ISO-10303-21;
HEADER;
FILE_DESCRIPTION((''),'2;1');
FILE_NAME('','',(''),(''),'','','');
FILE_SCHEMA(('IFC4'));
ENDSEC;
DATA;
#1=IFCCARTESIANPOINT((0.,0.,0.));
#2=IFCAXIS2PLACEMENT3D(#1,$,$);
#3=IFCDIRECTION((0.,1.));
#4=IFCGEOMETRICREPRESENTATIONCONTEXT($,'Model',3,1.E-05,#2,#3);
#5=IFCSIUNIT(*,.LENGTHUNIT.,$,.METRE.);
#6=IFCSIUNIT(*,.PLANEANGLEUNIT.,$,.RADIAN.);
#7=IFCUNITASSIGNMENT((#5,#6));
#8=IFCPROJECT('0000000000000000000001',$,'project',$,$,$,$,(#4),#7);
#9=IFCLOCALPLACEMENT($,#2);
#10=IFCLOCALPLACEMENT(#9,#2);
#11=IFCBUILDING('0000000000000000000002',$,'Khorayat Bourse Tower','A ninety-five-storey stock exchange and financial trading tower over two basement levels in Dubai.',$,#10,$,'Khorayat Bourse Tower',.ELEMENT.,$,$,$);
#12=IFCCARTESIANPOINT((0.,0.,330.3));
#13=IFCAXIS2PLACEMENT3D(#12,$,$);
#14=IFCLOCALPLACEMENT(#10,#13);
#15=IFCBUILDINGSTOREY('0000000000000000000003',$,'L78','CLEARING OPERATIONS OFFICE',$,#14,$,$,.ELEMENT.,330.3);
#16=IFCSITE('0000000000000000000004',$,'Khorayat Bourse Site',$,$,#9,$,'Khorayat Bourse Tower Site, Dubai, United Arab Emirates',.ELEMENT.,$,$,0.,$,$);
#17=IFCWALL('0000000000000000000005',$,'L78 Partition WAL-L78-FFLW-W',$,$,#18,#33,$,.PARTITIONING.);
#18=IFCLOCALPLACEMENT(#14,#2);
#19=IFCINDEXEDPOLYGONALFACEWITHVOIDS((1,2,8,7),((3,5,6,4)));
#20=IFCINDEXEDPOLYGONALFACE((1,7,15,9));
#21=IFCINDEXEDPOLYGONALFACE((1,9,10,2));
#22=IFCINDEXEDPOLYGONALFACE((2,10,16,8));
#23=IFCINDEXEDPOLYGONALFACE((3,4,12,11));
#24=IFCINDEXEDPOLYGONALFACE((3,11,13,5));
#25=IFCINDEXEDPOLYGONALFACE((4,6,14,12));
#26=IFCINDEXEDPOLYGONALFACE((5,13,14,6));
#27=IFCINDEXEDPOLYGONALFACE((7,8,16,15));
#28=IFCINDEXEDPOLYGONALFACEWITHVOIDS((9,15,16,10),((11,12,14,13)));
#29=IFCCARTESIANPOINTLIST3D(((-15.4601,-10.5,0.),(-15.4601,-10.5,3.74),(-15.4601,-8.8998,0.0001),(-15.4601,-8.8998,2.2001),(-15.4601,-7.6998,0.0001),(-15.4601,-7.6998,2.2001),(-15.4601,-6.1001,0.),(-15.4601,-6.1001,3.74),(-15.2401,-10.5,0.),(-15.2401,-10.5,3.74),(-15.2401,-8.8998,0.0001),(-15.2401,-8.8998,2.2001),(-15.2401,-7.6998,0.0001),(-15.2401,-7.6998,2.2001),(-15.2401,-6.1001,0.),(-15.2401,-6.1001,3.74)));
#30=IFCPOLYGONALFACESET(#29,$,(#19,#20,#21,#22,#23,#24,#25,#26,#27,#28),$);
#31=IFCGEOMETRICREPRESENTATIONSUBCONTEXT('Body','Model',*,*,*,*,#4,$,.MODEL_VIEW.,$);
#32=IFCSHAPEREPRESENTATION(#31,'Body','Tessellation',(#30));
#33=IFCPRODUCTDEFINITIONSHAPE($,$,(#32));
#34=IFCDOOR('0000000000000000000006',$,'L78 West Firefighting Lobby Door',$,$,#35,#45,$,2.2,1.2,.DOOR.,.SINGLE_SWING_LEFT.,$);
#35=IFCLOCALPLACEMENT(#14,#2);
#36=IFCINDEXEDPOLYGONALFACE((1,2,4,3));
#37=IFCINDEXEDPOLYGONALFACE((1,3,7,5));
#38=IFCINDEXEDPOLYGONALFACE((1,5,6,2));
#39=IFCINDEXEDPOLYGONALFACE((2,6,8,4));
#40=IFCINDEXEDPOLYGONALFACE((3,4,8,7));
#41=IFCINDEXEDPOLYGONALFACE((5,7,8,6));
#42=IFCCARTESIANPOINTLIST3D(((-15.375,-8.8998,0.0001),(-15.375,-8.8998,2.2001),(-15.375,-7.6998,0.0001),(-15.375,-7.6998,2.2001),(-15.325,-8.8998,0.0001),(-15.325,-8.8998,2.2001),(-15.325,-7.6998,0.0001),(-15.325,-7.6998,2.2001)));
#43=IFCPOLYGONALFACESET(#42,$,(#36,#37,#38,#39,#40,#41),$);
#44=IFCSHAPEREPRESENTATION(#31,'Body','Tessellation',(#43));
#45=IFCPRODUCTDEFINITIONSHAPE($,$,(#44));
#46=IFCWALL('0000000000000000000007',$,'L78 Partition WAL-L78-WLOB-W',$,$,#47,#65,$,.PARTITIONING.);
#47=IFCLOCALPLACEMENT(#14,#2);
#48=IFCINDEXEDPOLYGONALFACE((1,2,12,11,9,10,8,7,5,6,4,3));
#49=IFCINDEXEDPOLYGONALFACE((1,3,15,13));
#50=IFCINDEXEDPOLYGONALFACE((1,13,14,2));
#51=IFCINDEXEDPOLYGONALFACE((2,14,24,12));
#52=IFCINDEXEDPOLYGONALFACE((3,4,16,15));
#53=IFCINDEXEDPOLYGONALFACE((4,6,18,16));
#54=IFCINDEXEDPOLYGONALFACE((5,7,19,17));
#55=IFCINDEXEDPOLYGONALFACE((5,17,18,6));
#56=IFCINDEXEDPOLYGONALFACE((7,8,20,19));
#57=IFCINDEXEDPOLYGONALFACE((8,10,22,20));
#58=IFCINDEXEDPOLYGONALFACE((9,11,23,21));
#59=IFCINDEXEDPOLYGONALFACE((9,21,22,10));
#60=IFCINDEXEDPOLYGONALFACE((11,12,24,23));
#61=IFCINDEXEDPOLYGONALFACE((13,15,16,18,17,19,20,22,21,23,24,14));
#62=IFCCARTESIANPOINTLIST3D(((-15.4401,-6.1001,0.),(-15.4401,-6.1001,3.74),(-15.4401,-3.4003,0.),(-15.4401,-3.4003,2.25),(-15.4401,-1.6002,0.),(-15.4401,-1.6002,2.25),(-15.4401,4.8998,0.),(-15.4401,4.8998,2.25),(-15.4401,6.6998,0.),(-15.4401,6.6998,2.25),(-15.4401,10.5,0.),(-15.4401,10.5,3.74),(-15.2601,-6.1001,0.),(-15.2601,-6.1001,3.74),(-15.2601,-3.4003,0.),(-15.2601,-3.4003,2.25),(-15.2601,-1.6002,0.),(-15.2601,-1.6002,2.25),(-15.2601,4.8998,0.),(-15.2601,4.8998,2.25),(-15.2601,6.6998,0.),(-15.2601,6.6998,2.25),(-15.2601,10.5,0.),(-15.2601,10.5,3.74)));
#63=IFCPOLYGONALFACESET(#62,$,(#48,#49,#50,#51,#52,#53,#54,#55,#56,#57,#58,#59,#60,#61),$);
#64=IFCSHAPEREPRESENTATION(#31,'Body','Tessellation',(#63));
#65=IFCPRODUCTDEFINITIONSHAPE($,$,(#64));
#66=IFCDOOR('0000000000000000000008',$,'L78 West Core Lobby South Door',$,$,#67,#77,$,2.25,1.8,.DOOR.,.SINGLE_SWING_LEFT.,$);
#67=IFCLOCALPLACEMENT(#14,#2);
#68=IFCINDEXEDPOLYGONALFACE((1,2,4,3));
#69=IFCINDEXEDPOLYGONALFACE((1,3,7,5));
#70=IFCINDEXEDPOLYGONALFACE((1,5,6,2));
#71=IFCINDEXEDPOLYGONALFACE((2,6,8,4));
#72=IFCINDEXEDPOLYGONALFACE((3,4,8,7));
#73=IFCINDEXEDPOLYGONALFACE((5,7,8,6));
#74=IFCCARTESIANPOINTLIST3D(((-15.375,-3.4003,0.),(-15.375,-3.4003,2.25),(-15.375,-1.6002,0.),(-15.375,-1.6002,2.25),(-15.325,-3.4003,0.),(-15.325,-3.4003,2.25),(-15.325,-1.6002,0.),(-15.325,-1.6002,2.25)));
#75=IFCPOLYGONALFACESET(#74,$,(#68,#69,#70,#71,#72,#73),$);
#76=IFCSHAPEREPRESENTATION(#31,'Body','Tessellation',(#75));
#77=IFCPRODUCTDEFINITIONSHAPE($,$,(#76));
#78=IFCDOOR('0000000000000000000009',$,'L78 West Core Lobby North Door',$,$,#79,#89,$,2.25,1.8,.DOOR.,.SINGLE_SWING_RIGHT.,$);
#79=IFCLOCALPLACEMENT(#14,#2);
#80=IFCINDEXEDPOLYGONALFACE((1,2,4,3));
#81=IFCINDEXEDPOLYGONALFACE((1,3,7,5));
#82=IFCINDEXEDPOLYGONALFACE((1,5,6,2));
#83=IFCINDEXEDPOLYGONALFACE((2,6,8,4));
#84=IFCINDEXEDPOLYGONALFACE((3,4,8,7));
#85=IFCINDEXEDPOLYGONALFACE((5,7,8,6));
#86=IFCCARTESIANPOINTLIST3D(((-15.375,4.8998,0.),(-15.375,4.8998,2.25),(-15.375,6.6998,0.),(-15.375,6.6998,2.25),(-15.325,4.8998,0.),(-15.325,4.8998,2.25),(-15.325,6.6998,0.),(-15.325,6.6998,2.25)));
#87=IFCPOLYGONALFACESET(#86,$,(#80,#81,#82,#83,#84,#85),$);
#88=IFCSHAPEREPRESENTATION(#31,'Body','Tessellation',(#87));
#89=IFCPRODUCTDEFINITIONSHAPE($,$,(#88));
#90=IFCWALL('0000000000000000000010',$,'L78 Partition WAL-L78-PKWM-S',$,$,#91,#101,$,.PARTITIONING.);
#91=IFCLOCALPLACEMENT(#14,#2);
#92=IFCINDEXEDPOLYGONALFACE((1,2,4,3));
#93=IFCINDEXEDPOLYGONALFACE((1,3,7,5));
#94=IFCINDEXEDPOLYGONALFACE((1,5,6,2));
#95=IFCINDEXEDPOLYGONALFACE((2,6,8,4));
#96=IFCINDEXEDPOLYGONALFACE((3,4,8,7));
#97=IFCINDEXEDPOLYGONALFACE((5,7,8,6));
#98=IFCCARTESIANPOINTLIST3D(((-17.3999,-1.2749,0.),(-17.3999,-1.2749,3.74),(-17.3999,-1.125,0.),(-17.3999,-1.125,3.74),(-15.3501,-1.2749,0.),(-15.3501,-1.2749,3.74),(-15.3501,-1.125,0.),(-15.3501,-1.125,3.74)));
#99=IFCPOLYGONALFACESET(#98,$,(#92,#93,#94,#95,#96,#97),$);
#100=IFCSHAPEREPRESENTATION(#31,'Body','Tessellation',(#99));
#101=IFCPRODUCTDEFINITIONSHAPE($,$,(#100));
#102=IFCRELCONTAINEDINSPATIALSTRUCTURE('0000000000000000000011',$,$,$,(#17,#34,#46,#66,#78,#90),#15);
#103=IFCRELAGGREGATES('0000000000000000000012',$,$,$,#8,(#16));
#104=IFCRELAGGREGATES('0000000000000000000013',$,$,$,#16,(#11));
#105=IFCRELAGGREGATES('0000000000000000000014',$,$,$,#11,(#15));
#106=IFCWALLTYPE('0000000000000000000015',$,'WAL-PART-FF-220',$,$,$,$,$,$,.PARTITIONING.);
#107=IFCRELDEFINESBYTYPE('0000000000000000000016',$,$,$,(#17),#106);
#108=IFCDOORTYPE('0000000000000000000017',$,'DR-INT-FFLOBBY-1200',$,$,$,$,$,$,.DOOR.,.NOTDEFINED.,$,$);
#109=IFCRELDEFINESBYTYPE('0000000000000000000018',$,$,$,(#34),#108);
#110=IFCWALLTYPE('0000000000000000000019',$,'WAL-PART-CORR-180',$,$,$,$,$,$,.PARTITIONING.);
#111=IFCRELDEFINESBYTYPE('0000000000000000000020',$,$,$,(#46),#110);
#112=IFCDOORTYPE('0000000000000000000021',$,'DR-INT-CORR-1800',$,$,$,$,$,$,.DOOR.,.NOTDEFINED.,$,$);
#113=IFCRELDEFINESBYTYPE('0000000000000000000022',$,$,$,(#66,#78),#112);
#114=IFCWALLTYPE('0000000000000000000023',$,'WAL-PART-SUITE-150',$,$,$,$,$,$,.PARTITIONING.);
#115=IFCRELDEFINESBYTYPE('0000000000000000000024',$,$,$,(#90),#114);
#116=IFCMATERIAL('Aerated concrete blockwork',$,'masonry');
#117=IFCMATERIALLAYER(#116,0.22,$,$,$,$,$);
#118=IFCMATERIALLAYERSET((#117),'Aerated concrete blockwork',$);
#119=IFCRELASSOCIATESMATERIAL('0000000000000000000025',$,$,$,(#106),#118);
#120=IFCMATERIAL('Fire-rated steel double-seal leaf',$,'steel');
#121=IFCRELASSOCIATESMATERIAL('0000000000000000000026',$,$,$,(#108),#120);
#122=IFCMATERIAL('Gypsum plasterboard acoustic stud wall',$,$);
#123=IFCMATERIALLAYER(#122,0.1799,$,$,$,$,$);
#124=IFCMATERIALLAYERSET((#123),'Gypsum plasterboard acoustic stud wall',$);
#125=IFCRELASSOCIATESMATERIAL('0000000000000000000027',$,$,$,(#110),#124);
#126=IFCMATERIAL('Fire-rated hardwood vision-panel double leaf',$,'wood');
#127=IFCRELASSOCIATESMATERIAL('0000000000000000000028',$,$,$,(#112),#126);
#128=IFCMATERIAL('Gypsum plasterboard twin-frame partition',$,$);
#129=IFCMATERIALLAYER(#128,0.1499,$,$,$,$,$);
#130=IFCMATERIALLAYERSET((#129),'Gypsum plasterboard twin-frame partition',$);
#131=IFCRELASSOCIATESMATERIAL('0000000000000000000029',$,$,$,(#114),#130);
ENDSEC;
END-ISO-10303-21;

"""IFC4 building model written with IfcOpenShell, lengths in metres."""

from ifc_helpers import new_model, si_unit, direction, frame, frame_2d, origin, place, context, subcontext, project, spatial, rectangle, extrude, source, transform, mapped, material, layer, layer_set, type_object, element, fill, save


model = new_model("IFC4")

# Units and contexts
model_context = context("Model", 3, precision=1e-05, world=origin(), true_north=direction((0.0, 1.0)))
body_context = subcontext(model_context, "Body", "Model", "MODEL_VIEW")
ifc_project = project(units=[si_unit("LENGTHUNIT", "METRE"), si_unit("PLANEANGLEUNIT", "RADIAN")], contexts=[model_context])

# Site, building, storey
site_placement = place(None, origin())
site = spatial("IfcSite", under=ifc_project, at=site_placement, Name="Khorayat Bourse Site", LongName="Khorayat Bourse Tower Site, Dubai, United Arab Emirates", CompositionType="ELEMENT", RefElevation=0.0)
building_placement = place(site_placement, origin())
building = spatial("IfcBuilding", under=site, at=building_placement, Name="Khorayat Bourse Tower", Description="A ninety-five-storey stock exchange and financial trading tower over two basement levels in Dubai.", LongName="Khorayat Bourse Tower", CompositionType="ELEMENT")
storey_placement = place(building_placement, frame((0.0, 0.0, 330.3)))
storey = spatial("IfcBuildingStorey", under=building, at=storey_placement, Name="L78", Description="CLEARING OPERATIONS OFFICE", CompositionType="ELEMENT", Elevation=330.3)

# Shared definitions
ifc_material_1 = material(Name="Aerated concrete blockwork", Category="masonry")
ifc_layer_1 = layer(ifc_material_1, 0.22)
ifc_layer_set_1 = layer_set([ifc_layer_1], Name="Aerated concrete blockwork")
wall_type_1 = type_object("IfcWallType", Name="WAL-PART-FF-220", PredefinedType="PARTITIONING", material=ifc_layer_set_1)

# Wall, opening, door
shared_shape_1 = source(origin(), body_context, "Body", "SweptSolid", [
    extrude(rectangle(XDim=4.3999, YDim=0.22, at=frame_2d((2.2, 0.0))), origin(), (0.0, 0.0, 1.0), 3.74),
])
wall_1_placement = place(storey_placement, frame((-15.3501, -10.5, 0.0), z_axis=(0.0, 0.0, 1.0), x_axis=(0.0, 1.0, 0.0)))
wall_1 = element("IfcWall", 1, at=wall_1_placement, inside=storey, type_object=wall_type_1, Name="L78 Partition WAL-L78-FFLW-W", PredefinedType="PARTITIONING", context=body_context, shape_type="MappedRepresentation", body=[
    mapped(shared_shape_1, transform((0.0, 0.0, 0.0), scale=1.0)),
])
shared_shape_2 = source(origin(), body_context, "Body", "SweptSolid", [
    extrude(rectangle(XDim=1.2, YDim=2.2, at=frame_2d((0.6001, 1.1001))), frame((0.0, 0.1199, 0.0), z_axis=(0.0, -1.0, 0.0), x_axis=(1.0, 0.0, 0.0)), (0.0, 0.0, 1.0), 0.24),
])
opening_1_placement = place(wall_1_placement, frame((1.6001, 0.0, 0.0)))
opening_1 = element("IfcOpeningElement", 2, at=opening_1_placement, cuts=wall_1, PredefinedType="OPENING", context=body_context, shape_type="MappedRepresentation", body=[
    mapped(shared_shape_2, transform((0.0, 0.0, 0.0), scale=1.0)),
])
ifc_material_2 = material(Name="Fire-rated steel double-seal leaf", Category="steel")
door_type_1 = type_object("IfcDoorType", Name="DR-INT-FFLOBBY-1200", OperationType="NOTDEFINED", PredefinedType="DOOR", material=ifc_material_2)
shared_shape_3 = source(origin(), body_context, "Body", "SweptSolid", [
    extrude(rectangle(XDim=1.2, YDim=2.2, at=frame_2d((0.6001, 1.1001))), frame((0.0, 0.0249, 0.0), z_axis=(0.0, -1.0, 0.0), x_axis=(1.0, 0.0, 0.0)), (0.0, 0.0, 1.0), 0.05),
])
door_1_placement = place(opening_1_placement, origin())
door_1 = element("IfcDoor", 3, at=door_1_placement, inside=storey, type_object=door_type_1, Name="L78 West Firefighting Lobby Door", OperationType="SINGLE_SWING_LEFT", OverallHeight=2.2, OverallWidth=1.2, PredefinedType="DOOR", context=body_context, shape_type="MappedRepresentation", body=[
    mapped(shared_shape_3, transform((0.0, 0.0, 0.0), scale=1.0)),
])
fill(opening_1, door_1)

# Wall, openings, doors
ifc_material_3 = material(Name="Gypsum plasterboard acoustic stud wall")
ifc_layer_2 = layer(ifc_material_3, 0.1799)
ifc_layer_set_2 = layer_set([ifc_layer_2], Name="Gypsum plasterboard acoustic stud wall")
wall_type_2 = type_object("IfcWallType", Name="WAL-PART-CORR-180", PredefinedType="PARTITIONING", material=ifc_layer_set_2)
shared_shape_4 = source(origin(), body_context, "Body", "SweptSolid", [
    extrude(rectangle(XDim=16.6001, YDim=0.1799, at=frame_2d((8.3, 0.0))), origin(), (0.0, 0.0, 1.0), 3.74),
])
wall_2_placement = place(storey_placement, frame((-15.3501, -6.1001, 0.0), z_axis=(0.0, 0.0, 1.0), x_axis=(0.0, 1.0, 0.0)))
wall_2 = element("IfcWall", 4, at=wall_2_placement, inside=storey, type_object=wall_type_2, Name="L78 Partition WAL-L78-WLOB-W", PredefinedType="PARTITIONING", context=body_context, shape_type="MappedRepresentation", body=[
    mapped(shared_shape_4, transform((0.0, 0.0, 0.0), scale=1.0)),
])
shared_shape_5 = source(origin(), body_context, "Body", "SweptSolid", [
    extrude(rectangle(XDim=1.8, YDim=2.25, at=frame_2d((0.8999, 1.125))), frame((0.0, 0.0999, 0.0), z_axis=(0.0, -1.0, 0.0), x_axis=(1.0, 0.0, 0.0)), (0.0, 0.0, 1.0), 0.2),
])
opening_2_placement = place(wall_2_placement, frame((2.7, 0.0, 0.0)))
opening_2 = element("IfcOpeningElement", 5, at=opening_2_placement, cuts=wall_2, PredefinedType="OPENING", context=body_context, shape_type="MappedRepresentation", body=[
    mapped(shared_shape_5, transform((0.0, 0.0, 0.0), scale=1.0)),
])
opening_3_placement = place(wall_2_placement, frame((11.0, 0.0, 0.0)))
opening_3 = element("IfcOpeningElement", 6, at=opening_3_placement, cuts=wall_2, PredefinedType="OPENING", context=body_context, shape_type="MappedRepresentation", body=[
    mapped(shared_shape_5, transform((0.0, 0.0, 0.0), scale=1.0)),
])
ifc_material_4 = material(Name="Fire-rated hardwood vision-panel double leaf", Category="wood")
door_type_2 = type_object("IfcDoorType", Name="DR-INT-CORR-1800", OperationType="NOTDEFINED", PredefinedType="DOOR", material=ifc_material_4)
shared_shape_6 = source(origin(), body_context, "Body", "SweptSolid", [
    extrude(rectangle(XDim=1.8, YDim=2.25, at=frame_2d((0.8999, 1.125))), frame((0.0, 0.0249, 0.0), z_axis=(0.0, -1.0, 0.0), x_axis=(1.0, 0.0, 0.0)), (0.0, 0.0, 1.0), 0.05),
])
door_2_placement = place(opening_2_placement, origin())
door_2 = element("IfcDoor", 7, at=door_2_placement, inside=storey, type_object=door_type_2, Name="L78 West Core Lobby South Door", OperationType="SINGLE_SWING_LEFT", OverallHeight=2.25, OverallWidth=1.8, PredefinedType="DOOR", context=body_context, shape_type="MappedRepresentation", body=[
    mapped(shared_shape_6, transform((0.0, 0.0, 0.0), scale=1.0)),
])
fill(opening_2, door_2)
door_3_placement = place(opening_3_placement, origin())
door_3 = element("IfcDoor", 8, at=door_3_placement, inside=storey, type_object=door_type_2, Name="L78 West Core Lobby North Door", OperationType="SINGLE_SWING_RIGHT", OverallHeight=2.25, OverallWidth=1.8, PredefinedType="DOOR", context=body_context, shape_type="MappedRepresentation", body=[
    mapped(shared_shape_6, transform((0.0, 0.0, 0.0), scale=1.0)),
])
fill(opening_3, door_3)

# Wall
ifc_material_5 = material(Name="Gypsum plasterboard twin-frame partition")
ifc_layer_3 = layer(ifc_material_5, 0.1499)
ifc_layer_set_3 = layer_set([ifc_layer_3], Name="Gypsum plasterboard twin-frame partition")
wall_type_3 = type_object("IfcWallType", Name="WAL-PART-SUITE-150", PredefinedType="PARTITIONING", material=ifc_layer_set_3)
shared_shape_7 = source(origin(), body_context, "Body", "SweptSolid", [
    extrude(rectangle(XDim=2.0498, YDim=0.1499, at=frame_2d((1.0249, 0.0))), origin(), (0.0, 0.0, 1.0), 3.74),
])
wall_3_placement = place(storey_placement, frame((-17.3999, -1.2, 0.0), z_axis=(0.0, 0.0, 1.0), x_axis=(1.0, 0.0, 0.0)))
element("IfcWall", 9, at=wall_3_placement, inside=storey, type_object=wall_type_3, Name="L78 Partition WAL-L78-PKWM-S", PredefinedType="PARTITIONING", context=body_context, shape_type="MappedRepresentation", body=[
    mapped(shared_shape_7, transform((0.0, 0.0, 0.0), scale=1.0)),
])

save(model, "model.ifc")
